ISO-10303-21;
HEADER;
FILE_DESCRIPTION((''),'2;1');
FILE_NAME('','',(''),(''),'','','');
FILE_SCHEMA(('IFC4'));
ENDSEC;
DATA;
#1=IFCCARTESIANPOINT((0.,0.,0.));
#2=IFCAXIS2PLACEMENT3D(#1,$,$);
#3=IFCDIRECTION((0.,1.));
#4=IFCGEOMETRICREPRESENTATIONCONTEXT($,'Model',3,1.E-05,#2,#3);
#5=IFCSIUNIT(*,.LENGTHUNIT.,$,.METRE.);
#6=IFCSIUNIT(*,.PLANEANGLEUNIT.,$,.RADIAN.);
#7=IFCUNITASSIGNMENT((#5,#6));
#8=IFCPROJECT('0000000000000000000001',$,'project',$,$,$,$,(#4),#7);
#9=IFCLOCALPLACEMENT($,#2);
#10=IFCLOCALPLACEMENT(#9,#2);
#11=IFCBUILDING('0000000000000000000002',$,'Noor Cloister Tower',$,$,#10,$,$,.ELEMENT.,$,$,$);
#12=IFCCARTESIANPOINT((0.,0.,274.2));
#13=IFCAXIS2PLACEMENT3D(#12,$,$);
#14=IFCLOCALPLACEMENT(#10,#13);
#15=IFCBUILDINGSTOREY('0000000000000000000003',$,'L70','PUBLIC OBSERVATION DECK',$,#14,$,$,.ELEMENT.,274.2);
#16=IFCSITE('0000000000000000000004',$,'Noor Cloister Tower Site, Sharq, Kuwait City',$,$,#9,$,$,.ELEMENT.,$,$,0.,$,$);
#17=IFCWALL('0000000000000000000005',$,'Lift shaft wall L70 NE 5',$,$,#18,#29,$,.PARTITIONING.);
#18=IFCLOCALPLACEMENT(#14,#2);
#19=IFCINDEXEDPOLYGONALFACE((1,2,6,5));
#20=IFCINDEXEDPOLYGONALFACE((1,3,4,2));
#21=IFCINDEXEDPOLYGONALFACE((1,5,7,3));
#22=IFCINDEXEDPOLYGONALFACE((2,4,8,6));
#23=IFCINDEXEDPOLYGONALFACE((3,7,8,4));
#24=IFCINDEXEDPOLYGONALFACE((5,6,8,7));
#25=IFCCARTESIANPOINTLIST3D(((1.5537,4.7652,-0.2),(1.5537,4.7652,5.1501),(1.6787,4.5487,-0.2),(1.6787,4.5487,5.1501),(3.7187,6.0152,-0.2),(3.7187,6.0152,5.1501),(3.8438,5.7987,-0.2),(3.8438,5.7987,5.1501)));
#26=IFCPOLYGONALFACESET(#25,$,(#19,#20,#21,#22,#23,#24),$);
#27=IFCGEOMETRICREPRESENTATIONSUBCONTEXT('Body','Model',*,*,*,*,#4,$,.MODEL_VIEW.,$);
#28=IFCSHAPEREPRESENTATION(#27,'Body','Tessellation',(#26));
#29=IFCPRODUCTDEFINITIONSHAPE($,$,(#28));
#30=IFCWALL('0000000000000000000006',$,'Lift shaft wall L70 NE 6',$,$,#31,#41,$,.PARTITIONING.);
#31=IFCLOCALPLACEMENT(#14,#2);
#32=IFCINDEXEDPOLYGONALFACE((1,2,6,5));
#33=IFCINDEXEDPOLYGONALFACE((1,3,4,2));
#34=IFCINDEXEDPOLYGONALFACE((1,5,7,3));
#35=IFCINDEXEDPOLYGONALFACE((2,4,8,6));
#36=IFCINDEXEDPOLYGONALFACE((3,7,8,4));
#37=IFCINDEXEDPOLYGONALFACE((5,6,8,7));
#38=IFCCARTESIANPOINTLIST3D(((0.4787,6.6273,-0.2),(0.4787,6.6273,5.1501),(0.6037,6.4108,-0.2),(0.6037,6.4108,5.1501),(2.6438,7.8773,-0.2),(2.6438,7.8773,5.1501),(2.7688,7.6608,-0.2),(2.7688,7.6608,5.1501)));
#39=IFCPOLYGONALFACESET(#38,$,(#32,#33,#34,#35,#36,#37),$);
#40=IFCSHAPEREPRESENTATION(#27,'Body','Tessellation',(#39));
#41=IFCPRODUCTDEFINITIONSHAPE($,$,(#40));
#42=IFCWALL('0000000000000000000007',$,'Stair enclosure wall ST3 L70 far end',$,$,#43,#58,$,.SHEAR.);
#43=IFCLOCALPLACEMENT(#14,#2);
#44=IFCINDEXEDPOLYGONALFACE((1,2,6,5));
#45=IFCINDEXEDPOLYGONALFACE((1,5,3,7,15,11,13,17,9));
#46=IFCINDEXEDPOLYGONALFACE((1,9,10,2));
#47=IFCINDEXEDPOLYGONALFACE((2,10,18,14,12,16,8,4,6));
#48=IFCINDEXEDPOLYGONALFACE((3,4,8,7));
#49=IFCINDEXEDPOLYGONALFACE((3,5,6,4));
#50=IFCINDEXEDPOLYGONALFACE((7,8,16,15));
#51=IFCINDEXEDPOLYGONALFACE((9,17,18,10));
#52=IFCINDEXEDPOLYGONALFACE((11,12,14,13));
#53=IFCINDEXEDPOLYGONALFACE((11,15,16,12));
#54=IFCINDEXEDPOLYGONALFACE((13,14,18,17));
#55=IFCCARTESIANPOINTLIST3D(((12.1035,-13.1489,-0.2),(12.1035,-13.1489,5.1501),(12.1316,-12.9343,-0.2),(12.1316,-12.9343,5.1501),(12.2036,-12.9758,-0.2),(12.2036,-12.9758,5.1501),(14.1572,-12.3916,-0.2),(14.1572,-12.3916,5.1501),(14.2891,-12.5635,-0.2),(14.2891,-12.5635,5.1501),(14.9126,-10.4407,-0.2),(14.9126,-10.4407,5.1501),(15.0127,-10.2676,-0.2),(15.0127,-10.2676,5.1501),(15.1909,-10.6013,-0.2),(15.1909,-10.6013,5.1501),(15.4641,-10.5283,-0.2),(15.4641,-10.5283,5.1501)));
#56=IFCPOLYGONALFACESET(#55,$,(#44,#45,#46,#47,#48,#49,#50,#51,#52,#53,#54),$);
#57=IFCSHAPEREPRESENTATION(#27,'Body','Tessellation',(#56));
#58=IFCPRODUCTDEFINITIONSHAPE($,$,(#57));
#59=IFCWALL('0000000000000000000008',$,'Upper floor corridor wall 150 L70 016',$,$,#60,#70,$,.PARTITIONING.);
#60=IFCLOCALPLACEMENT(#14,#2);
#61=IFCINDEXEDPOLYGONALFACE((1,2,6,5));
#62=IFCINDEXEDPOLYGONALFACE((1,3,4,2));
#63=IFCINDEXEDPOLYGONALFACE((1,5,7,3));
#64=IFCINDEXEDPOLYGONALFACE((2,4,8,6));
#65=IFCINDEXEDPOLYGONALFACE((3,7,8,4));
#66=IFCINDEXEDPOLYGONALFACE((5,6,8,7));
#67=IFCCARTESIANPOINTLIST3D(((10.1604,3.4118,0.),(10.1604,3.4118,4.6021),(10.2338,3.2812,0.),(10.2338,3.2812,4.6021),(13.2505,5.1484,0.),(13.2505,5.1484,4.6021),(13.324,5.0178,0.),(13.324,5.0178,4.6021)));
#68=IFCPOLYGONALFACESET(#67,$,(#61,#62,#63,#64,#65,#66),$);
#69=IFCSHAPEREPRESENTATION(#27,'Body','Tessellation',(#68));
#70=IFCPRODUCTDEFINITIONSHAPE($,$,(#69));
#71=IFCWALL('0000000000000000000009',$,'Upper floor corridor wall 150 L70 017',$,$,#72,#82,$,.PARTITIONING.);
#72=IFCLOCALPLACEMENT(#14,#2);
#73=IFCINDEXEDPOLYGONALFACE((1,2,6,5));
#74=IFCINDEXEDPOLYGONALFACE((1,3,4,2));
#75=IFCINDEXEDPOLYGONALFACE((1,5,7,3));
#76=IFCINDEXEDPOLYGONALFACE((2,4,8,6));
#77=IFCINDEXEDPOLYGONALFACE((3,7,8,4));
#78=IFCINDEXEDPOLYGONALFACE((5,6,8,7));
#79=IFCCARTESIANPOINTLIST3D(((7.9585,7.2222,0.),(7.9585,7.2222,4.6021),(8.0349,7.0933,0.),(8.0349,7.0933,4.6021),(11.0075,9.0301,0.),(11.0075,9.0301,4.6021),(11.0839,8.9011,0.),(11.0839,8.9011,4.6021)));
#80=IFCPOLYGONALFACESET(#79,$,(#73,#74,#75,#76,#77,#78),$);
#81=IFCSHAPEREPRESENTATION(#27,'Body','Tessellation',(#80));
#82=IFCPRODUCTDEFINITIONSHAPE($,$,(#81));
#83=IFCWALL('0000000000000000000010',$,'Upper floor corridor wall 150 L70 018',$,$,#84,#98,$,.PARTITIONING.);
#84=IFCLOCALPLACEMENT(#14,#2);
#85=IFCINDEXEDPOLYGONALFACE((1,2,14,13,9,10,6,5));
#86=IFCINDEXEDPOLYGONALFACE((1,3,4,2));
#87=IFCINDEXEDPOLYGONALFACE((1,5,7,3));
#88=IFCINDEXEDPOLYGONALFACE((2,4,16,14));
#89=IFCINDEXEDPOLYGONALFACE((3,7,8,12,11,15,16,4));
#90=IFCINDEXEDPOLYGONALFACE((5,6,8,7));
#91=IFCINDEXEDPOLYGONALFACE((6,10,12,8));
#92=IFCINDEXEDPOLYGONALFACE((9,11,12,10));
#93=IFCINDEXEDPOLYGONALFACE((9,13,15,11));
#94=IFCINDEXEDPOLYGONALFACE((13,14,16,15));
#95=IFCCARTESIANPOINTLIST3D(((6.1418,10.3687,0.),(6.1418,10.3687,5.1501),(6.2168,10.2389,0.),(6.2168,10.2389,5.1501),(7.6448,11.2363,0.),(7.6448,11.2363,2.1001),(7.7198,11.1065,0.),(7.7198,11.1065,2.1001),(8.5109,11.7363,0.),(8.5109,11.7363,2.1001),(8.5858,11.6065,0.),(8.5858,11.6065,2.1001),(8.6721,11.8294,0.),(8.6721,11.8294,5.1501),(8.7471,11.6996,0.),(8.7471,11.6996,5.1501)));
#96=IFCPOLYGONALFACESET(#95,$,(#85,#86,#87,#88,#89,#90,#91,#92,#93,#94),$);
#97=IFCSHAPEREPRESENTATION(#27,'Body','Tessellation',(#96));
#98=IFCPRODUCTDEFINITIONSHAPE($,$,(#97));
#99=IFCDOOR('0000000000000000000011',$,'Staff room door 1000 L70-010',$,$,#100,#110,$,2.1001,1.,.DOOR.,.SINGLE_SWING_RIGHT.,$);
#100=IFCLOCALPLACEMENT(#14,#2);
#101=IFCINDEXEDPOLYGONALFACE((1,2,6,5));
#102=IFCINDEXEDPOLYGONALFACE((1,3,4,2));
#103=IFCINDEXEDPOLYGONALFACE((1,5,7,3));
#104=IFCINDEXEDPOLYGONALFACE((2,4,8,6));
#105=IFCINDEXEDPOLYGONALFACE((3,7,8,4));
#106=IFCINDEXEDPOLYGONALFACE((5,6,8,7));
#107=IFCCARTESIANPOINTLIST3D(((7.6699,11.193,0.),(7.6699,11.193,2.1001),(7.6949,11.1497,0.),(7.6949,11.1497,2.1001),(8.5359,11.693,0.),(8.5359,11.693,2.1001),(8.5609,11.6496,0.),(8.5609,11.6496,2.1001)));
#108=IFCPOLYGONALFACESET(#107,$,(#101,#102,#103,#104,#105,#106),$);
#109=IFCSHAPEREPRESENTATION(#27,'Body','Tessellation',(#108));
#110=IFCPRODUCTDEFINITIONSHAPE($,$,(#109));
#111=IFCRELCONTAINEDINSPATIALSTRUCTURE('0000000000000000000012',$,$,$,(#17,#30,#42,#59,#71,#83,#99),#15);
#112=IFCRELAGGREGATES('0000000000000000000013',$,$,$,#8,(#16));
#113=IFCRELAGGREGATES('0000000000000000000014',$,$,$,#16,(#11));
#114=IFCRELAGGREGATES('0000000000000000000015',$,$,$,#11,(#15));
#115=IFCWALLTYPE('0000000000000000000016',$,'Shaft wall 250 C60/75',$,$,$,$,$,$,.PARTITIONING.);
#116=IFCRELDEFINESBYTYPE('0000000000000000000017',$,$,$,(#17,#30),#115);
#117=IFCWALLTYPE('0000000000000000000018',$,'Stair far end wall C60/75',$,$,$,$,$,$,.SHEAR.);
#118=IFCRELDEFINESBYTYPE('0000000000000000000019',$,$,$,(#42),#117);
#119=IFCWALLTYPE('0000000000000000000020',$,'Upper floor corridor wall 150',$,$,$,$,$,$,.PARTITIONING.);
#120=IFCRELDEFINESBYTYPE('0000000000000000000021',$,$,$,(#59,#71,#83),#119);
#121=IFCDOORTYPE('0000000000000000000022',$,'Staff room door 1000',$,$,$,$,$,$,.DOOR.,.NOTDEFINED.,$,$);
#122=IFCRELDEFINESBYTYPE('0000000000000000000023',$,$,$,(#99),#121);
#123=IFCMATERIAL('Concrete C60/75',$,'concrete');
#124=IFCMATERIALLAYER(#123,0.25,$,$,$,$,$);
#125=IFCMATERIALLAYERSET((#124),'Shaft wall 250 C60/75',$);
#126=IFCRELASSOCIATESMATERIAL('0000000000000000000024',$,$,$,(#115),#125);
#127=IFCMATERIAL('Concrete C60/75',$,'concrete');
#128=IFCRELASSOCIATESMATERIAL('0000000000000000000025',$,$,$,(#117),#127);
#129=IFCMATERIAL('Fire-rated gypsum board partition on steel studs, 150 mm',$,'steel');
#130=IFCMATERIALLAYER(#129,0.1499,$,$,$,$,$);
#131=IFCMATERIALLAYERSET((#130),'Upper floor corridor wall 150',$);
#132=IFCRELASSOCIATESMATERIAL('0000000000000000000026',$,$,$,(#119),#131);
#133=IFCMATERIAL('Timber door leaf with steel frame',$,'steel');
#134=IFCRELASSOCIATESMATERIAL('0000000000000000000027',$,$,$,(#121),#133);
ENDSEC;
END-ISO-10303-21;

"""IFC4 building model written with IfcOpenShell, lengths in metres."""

from ifc_helpers import new_model, si_unit, direction, frame, frame_2d, origin, place, context, subcontext, project, spatial, polyline, rectangle, outline, extrude, material, layer, layer_set, type_object, element, fill, save


model = new_model("IFC4")

# Units and contexts
model_context = context("Model", 3, precision=1e-05, world=origin(), true_north=direction((0.0, 1.0)))
body_context = subcontext(model_context, "Body", "Model", "MODEL_VIEW")
ifc_project = project(units=[si_unit("LENGTHUNIT", "METRE"), si_unit("PLANEANGLEUNIT", "RADIAN")], contexts=[model_context])

# Site, building, storey
site_placement = place(None, origin())
site = spatial("IfcSite", under=ifc_project, at=site_placement, Name="Noor Cloister Tower Site, Sharq, Kuwait City", CompositionType="ELEMENT", RefElevation=0.0)
building_placement = place(site_placement, origin())
building = spatial("IfcBuilding", under=site, at=building_placement, Name="Noor Cloister Tower", CompositionType="ELEMENT")
storey_placement = place(building_placement, frame((0.0, 0.0, 274.2)))
storey = spatial("IfcBuildingStorey", under=building, at=storey_placement, Name="L70", Description="PUBLIC OBSERVATION DECK", CompositionType="ELEMENT", Elevation=274.2)

# Walls
ifc_material_1 = material(Name="Concrete C60/75", Category="concrete")
ifc_layer_1 = layer(ifc_material_1, 0.25)
ifc_layer_set_1 = layer_set([ifc_layer_1], Name="Shaft wall 250 C60/75")
wall_type_1 = type_object("IfcWallType", Name="Shaft wall 250 C60/75", PredefinedType="PARTITIONING", material=ifc_layer_set_1)
for number, where, z_axis, x_axis, name in (
    (1, (3.7812, 5.907, -0.2), (0.0, 0.0, 1.0), (-0.866023, -0.500004, 0.0), "Lift shaft wall L70 NE 5"),
    (2, (2.7063, 7.769, -0.2), (0.0, 0.0, 1.0), (-0.866023, -0.500004, 0.0), "Lift shaft wall L70 NE 6"),
):
    element("IfcWall", number, at=place(storey_placement, frame(where, z_axis=z_axis, x_axis=x_axis)), inside=storey, type_object=wall_type_1, Name=name, PredefinedType="PARTITIONING", context=body_context, shape_type="SweptSolid", body=[
        extrude(rectangle(XDim=2.5, YDim=0.25, at=frame_2d((1.25, 0.0))), origin(), (0.0, 0.0, 1.0), 5.3501),
    ])
ifc_material_2 = material(Name="Concrete C60/75", Category="concrete")
wall_type_2 = type_object("IfcWallType", Name="Stair far end wall C60/75", PredefinedType="SHEAR", material=ifc_material_2)
wall_1_placement = place(storey_placement, frame((0.0, 0.0, -0.2)))
element("IfcWall", 3, at=wall_1_placement, inside=storey, type_object=wall_type_2, Name="Stair enclosure wall ST3 L70 far end", PredefinedType="SHEAR", context=body_context, shape_type="SweptSolid", body=[
    extrude(outline(polyline([(12.1035, -13.1489), (14.2891, -12.5635), (15.4641, -10.5283), (15.0127, -10.2676), (14.9126, -10.4407), (15.1909, -10.6013), (14.1572, -12.3916), (12.1316, -12.9343), (12.2036, -12.9758), (12.2036, -12.9758), (12.2036, -12.9758), (12.2036, -12.9758), (12.2036, -12.9758), (12.2036, -12.9758), (12.2036, -12.9758), (12.2036, -12.9758), (12.2036, -12.9758), (12.2036, -12.9758), (12.2036, -12.9758), (12.2036, -12.9758), (12.2036, -12.9758), (12.2036, -12.9758), (12.2036, -12.9758), (12.2036, -12.9758), (12.2036, -12.9758), (12.1035, -13.1489)])), origin(), (0.0, 0.0, 1.0), 5.3501),
])
ifc_material_3 = material(Name="Fire-rated gypsum board partition on steel studs, 150 mm", Category="steel")
ifc_layer_2 = layer(ifc_material_3, 0.1499)
ifc_layer_set_2 = layer_set([ifc_layer_2], Name="Upper floor corridor wall 150")
wall_type_3 = type_object("IfcWallType", Name="Upper floor corridor wall 150", PredefinedType="PARTITIONING", material=ifc_layer_set_2)
for number, where, z_axis, x_axis, name in (
    (4, (10.197, 3.3464, 0.0), (0.0, 0.0, 1.0), (0.871769, 0.489918, 0.0), "Upper floor corridor wall 150 L70 016"),
    (5, (7.9966, 7.1577, 0.0), (0.0, 0.0, 1.0), (0.860167, 0.510012, 0.0), "Upper floor corridor wall 150 L70 017"),
):
    element("IfcWall", number, at=place(storey_placement, frame(where, z_axis=z_axis, x_axis=x_axis)), inside=storey, type_object=wall_type_3, Name=name, PredefinedType="PARTITIONING", context=body_context, shape_type="SweptSolid", body=[
        extrude(rectangle(XDim=3.5447, YDim=0.1499, at=frame_2d((1.7725, 0.0))), origin(), (0.0, 0.0, 1.0), 4.6021),
    ])

# Wall, opening, door
wall_2_placement = place(storey_placement, frame((6.1792, 10.3037, 0.0), z_axis=(0.0, 0.0, 1.0), x_axis=(0.866049, 0.499959, 0.0)))
wall_2 = element("IfcWall", 6, at=wall_2_placement, inside=storey, type_object=wall_type_3, Name="Upper floor corridor wall 150 L70 018", PredefinedType="PARTITIONING", context=body_context, shape_type="SweptSolid", body=[
    extrude(rectangle(XDim=2.9216, YDim=0.1499, at=frame_2d((1.4609, 0.0))), origin(), (0.0, 0.0, 1.0), 5.1501),
])
opening_placement = place(wall_2_placement, frame((1.7356, 0.0, 0.0)))
opening = element("IfcOpeningElement", 7, at=opening_placement, cuts=wall_2, PredefinedType="OPENING", context=body_context, shape_type="SweptSolid", body=[
    extrude(rectangle(XDim=1.0, YDim=2.1001, at=frame_2d((0.5, 1.05))), frame((0.0, 0.085, 0.0), z_axis=(0.0, -1.0, 0.0), x_axis=(1.0, 0.0, 0.0)), (0.0, 0.0, 1.0), 0.1699),
])
ifc_material_4 = material(Name="Timber door leaf with steel frame", Category="steel")
door_type = type_object("IfcDoorType", Name="Staff room door 1000", OperationType="NOTDEFINED", PredefinedType="DOOR", material=ifc_material_4)
door_placement = place(opening_placement, origin())
door = element("IfcDoor", 8, at=door_placement, inside=storey, type_object=door_type, Name="Staff room door 1000 L70-010", OperationType="SINGLE_SWING_RIGHT", OverallHeight=2.1001, OverallWidth=1.0, PredefinedType="DOOR", context=body_context, shape_type="SweptSolid", body=[
    extrude(rectangle(XDim=1.0, YDim=2.1001, at=frame_2d((0.5, 1.05))), frame((0.0, 0.0249, 0.0), z_axis=(0.0, -1.0, 0.0), x_axis=(1.0, 0.0, 0.0)), (0.0, 0.0, 1.0), 0.05),
])
fill(opening, door)

save(model, "model.ifc")
